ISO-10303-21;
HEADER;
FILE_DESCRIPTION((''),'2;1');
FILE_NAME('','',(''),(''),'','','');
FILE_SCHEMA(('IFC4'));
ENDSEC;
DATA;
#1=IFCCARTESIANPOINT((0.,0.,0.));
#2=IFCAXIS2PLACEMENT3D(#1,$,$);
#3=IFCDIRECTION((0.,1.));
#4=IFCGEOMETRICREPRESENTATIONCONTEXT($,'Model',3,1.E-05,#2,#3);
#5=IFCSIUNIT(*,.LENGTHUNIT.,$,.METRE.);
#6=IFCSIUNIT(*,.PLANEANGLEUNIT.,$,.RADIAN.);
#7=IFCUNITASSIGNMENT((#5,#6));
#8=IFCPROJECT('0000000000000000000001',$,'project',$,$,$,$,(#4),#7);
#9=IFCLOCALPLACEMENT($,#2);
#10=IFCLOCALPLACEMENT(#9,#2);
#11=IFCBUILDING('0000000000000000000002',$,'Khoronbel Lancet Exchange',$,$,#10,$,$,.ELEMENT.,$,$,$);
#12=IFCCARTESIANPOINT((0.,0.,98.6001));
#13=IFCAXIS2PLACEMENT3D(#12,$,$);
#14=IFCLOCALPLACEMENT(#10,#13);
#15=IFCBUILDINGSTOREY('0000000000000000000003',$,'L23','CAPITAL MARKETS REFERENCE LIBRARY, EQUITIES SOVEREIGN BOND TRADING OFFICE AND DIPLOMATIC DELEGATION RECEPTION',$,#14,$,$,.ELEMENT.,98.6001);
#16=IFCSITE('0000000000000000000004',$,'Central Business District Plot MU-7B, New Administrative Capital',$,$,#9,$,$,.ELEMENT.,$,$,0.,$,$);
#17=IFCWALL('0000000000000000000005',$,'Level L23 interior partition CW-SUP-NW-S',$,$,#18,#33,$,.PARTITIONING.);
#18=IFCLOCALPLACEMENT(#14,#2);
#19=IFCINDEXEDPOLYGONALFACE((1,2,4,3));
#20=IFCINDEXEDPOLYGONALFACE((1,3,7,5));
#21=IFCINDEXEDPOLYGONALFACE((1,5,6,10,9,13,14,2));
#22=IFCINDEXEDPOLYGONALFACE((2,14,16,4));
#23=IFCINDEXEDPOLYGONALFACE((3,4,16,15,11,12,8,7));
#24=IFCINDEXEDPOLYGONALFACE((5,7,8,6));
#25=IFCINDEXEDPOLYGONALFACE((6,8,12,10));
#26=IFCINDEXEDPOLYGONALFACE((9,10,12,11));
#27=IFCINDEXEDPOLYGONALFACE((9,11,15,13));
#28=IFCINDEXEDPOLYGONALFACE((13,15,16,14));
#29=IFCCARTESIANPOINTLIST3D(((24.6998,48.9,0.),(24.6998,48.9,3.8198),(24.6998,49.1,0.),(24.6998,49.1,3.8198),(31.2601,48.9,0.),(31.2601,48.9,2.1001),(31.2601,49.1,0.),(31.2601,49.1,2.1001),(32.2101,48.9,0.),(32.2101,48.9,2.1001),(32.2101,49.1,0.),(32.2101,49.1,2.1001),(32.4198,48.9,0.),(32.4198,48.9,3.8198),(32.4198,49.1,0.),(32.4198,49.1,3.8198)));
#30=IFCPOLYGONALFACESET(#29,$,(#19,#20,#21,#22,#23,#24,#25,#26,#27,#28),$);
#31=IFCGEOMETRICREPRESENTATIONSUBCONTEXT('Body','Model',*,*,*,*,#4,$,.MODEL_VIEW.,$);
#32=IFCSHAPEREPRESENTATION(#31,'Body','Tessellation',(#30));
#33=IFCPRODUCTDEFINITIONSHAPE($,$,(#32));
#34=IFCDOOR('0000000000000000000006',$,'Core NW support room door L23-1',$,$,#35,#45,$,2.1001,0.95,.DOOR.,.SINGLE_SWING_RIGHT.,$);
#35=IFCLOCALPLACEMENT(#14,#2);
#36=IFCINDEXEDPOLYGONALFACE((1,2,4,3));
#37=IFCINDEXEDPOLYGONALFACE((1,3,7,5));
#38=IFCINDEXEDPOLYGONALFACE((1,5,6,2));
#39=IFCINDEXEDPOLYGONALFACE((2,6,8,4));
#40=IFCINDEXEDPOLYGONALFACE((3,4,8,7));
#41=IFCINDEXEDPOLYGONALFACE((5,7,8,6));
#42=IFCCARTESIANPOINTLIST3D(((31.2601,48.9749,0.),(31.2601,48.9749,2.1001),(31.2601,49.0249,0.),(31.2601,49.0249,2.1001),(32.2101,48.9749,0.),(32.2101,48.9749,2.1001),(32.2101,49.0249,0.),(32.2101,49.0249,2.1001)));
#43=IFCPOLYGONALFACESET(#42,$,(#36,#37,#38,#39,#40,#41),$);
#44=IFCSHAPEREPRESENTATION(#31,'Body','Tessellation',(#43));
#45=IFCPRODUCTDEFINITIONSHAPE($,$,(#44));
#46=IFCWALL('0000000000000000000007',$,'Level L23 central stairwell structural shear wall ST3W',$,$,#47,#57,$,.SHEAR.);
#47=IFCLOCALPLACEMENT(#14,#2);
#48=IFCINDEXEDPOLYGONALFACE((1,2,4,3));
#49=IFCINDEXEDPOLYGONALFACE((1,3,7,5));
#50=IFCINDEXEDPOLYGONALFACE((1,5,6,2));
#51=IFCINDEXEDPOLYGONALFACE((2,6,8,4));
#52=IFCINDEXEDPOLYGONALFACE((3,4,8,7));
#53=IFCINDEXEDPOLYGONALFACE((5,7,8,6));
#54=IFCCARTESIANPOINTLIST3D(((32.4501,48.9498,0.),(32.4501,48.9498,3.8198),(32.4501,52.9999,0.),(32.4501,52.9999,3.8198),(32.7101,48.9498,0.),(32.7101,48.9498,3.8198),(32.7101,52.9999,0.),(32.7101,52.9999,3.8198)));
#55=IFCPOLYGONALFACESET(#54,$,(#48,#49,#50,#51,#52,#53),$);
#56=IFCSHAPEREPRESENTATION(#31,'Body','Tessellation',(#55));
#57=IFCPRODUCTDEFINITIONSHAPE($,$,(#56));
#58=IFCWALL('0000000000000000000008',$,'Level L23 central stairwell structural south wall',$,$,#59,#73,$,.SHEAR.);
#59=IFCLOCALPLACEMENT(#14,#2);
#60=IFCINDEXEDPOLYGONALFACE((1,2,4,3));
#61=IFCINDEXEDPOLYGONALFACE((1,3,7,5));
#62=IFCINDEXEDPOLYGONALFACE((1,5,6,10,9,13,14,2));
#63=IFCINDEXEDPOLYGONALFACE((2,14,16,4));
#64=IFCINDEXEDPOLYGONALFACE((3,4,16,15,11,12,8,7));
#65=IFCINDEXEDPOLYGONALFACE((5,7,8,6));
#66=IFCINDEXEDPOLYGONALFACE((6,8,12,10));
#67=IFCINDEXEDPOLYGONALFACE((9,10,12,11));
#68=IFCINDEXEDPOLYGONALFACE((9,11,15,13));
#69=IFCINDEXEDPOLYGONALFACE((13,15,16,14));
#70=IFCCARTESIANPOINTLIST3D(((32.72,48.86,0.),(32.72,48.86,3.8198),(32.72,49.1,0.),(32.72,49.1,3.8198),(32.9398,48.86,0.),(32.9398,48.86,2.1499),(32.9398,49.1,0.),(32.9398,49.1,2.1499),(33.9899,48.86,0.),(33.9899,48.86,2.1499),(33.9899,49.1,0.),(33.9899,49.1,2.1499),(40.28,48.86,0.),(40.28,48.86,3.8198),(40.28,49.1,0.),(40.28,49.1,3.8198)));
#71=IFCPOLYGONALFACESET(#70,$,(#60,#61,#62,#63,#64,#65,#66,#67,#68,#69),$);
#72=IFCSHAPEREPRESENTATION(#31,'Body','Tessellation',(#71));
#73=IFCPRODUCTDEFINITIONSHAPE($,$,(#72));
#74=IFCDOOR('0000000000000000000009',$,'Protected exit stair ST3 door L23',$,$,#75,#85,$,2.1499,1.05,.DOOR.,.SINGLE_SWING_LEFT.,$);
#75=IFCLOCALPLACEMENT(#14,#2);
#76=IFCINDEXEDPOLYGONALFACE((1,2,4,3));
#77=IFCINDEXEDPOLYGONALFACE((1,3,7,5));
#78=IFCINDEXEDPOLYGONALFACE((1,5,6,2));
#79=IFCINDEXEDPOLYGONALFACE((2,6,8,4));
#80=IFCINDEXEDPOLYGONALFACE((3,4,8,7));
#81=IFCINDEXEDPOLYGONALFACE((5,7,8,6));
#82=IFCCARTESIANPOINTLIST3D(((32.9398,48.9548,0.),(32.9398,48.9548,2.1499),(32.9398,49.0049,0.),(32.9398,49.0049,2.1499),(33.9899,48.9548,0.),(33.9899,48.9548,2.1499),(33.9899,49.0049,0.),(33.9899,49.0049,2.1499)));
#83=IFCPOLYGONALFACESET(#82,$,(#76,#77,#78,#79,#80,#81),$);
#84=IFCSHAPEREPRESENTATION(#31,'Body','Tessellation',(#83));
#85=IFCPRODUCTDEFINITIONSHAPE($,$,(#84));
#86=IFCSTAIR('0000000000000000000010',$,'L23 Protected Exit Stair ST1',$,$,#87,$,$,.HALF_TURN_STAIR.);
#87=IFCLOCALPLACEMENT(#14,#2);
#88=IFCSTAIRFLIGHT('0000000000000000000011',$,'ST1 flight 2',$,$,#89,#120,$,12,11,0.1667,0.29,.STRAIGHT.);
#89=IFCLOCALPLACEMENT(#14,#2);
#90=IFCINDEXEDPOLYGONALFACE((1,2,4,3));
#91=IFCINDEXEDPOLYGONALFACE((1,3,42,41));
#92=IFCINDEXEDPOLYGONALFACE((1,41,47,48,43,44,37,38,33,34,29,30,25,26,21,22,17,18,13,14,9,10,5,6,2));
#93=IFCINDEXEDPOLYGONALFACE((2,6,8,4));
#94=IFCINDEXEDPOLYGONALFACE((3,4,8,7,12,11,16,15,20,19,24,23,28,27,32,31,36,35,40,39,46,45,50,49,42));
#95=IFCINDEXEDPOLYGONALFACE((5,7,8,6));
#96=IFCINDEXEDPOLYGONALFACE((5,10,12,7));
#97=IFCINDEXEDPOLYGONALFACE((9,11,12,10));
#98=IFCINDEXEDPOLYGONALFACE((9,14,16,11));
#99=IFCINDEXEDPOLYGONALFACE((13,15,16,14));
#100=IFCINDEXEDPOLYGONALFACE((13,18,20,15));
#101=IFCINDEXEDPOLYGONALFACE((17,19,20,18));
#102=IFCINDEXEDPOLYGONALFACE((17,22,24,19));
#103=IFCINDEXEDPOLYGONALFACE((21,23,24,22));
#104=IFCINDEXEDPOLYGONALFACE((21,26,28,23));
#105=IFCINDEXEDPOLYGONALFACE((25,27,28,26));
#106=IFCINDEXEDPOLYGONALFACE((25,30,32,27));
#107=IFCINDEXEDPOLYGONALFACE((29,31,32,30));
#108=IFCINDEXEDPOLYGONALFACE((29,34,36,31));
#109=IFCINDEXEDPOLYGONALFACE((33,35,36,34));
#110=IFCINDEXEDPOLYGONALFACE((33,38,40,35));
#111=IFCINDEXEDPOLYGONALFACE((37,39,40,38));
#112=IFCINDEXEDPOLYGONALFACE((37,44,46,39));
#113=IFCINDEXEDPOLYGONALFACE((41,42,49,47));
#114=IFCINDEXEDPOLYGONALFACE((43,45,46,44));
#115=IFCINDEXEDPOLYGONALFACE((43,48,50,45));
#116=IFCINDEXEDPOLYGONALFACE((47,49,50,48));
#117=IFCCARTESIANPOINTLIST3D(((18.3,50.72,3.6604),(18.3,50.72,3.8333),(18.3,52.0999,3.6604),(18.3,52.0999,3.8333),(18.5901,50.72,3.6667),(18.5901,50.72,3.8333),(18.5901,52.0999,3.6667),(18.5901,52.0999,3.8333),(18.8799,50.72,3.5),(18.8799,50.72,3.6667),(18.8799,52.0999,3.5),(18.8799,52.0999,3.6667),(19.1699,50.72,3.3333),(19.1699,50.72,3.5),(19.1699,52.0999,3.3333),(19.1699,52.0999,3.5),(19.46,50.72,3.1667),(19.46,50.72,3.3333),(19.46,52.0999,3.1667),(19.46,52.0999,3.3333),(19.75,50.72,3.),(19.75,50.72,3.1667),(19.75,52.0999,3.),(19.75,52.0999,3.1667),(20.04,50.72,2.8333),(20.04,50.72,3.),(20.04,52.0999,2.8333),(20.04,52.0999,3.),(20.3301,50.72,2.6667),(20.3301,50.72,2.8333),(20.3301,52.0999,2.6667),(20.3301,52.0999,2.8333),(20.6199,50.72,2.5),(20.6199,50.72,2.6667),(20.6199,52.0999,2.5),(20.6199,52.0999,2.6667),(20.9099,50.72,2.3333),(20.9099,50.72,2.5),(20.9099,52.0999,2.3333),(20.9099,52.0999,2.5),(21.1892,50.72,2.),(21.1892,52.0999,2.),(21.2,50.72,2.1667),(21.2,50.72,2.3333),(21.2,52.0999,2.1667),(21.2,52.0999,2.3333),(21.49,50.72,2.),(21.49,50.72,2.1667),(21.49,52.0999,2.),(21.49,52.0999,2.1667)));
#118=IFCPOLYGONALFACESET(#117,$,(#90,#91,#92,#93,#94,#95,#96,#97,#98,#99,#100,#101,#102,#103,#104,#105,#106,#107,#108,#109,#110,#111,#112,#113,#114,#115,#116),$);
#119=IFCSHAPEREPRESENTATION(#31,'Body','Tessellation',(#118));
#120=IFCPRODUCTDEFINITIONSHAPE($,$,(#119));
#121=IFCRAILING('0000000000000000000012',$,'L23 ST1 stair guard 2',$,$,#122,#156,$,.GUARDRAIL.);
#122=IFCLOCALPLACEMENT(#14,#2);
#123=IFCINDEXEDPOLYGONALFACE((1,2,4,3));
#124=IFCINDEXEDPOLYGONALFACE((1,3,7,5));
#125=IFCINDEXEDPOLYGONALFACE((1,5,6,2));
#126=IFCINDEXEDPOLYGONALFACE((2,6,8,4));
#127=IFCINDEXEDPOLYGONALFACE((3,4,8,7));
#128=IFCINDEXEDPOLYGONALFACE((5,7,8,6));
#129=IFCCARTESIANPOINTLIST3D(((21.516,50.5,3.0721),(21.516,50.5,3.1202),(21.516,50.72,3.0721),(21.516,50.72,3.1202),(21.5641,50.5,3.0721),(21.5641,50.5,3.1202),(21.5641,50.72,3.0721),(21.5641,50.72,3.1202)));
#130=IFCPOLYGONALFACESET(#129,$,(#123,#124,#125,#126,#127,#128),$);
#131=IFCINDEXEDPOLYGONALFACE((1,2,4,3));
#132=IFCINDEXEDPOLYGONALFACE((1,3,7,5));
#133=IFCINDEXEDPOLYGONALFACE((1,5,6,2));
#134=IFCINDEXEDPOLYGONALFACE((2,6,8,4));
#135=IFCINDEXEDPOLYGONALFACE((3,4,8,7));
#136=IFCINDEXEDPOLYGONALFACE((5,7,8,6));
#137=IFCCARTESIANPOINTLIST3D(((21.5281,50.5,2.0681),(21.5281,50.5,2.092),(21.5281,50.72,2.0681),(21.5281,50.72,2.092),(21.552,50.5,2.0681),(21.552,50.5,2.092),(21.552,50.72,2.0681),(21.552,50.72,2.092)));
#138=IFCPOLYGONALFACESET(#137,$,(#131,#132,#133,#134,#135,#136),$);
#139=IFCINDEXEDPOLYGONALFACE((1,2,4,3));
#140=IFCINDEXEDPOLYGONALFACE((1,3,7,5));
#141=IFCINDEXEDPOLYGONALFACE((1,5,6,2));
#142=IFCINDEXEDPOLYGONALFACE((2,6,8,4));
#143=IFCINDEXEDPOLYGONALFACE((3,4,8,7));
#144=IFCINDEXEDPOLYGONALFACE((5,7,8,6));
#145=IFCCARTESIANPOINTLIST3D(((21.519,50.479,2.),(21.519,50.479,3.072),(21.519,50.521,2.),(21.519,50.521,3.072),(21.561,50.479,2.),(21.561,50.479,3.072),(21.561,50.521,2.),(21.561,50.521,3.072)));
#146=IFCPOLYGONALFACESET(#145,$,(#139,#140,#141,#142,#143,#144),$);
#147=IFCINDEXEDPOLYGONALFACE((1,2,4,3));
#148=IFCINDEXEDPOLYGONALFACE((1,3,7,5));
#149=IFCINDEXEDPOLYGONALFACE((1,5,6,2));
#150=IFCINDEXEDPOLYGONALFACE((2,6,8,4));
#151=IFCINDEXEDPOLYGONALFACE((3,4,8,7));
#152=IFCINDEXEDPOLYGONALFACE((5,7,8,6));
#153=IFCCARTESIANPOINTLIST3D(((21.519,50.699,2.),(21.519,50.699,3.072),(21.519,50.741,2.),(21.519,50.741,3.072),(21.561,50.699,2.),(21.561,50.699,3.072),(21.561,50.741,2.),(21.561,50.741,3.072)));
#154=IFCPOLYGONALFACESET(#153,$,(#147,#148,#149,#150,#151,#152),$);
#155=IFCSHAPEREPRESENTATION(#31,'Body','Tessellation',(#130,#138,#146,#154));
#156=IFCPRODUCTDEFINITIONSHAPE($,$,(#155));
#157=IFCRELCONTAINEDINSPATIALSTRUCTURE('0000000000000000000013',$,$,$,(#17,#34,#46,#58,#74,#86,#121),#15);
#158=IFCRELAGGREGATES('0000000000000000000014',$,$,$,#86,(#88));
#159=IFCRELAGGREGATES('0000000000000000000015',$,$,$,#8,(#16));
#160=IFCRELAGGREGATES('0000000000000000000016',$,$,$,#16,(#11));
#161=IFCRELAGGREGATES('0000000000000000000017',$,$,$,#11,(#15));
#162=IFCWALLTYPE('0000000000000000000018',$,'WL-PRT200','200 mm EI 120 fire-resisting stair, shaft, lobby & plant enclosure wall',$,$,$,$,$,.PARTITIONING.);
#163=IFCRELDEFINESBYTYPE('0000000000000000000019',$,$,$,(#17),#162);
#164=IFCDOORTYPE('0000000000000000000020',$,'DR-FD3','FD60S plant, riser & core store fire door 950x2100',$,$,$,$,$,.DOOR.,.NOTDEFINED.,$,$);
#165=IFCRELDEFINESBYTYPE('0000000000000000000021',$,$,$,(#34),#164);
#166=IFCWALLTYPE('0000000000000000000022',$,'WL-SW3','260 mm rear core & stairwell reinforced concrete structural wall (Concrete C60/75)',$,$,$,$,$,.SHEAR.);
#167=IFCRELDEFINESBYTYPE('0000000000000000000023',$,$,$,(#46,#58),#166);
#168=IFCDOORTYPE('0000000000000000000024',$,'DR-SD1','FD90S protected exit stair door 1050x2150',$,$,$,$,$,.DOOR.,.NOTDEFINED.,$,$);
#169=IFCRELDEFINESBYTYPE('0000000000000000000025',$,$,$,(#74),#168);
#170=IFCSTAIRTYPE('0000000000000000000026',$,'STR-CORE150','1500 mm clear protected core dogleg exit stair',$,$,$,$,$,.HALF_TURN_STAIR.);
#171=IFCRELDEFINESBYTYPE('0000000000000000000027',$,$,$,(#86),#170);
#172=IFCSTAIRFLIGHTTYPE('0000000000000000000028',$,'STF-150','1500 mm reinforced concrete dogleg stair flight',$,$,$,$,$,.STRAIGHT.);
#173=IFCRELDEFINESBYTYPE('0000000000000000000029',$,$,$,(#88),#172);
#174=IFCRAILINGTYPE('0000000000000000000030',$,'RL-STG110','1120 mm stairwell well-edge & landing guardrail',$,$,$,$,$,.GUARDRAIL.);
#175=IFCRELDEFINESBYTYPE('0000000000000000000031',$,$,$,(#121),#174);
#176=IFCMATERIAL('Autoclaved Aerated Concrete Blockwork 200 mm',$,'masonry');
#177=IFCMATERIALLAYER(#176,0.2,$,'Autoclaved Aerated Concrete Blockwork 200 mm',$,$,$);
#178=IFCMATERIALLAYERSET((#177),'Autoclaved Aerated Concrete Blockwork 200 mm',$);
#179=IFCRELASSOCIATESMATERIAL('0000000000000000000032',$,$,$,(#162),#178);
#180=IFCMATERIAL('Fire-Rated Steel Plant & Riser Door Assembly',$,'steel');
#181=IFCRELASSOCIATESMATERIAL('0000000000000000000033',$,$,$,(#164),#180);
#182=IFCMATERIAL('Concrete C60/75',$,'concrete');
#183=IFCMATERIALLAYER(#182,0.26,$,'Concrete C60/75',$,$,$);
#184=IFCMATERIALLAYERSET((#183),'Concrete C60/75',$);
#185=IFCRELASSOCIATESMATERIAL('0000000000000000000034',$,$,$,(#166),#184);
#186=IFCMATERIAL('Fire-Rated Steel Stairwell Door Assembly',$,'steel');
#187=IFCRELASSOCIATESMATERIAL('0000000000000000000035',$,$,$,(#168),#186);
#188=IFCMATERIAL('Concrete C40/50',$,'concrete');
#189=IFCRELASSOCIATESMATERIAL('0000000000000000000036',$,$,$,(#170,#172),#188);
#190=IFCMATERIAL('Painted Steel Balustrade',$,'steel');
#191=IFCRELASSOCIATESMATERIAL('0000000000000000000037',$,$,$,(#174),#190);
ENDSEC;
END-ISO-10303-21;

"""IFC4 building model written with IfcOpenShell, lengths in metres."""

from ifc_helpers import new_model, si_unit, direction, frame, frame_2d, origin, origin_2d, place, context, subcontext, project, spatial, polyline, rectangle, outline, extrude, material, layer, layer_set, type_object, element, fill, aggregate, save


model = new_model("IFC4")

# Units and contexts
model_context = context("Model", 3, precision=1e-05, world=origin(), true_north=direction((0.0, 1.0)))
body_context = subcontext(model_context, "Body", "Model", "MODEL_VIEW")
ifc_project = project(units=[si_unit("LENGTHUNIT", "METRE"), si_unit("PLANEANGLEUNIT", "RADIAN")], contexts=[model_context])

# Site, building, storey
site_placement = place(None, origin())
site = spatial("IfcSite", under=ifc_project, at=site_placement, Name="Central Business District Plot MU-7B, New Administrative Capital", CompositionType="ELEMENT", RefElevation=0.0)
building_placement = place(site_placement, origin())
building = spatial("IfcBuilding", under=site, at=building_placement, Name="Khoronbel Lancet Exchange", CompositionType="ELEMENT")
storey_placement = place(building_placement, frame((0.0, 0.0, 98.6001)))
storey = spatial("IfcBuildingStorey", under=building, at=storey_placement, Name="L23", Description="CAPITAL MARKETS REFERENCE LIBRARY, EQUITIES SOVEREIGN BOND TRADING OFFICE AND DIPLOMATIC DELEGATION RECEPTION", CompositionType="ELEMENT", Elevation=98.6001)

# Shared definitions
ifc_material_1 = material(Name="Autoclaved Aerated Concrete Blockwork 200 mm", Category="masonry")
ifc_layer_1 = layer(ifc_material_1, 0.2, Name="Autoclaved Aerated Concrete Blockwork 200 mm")
ifc_layer_set_1 = layer_set([ifc_layer_1], Name="Autoclaved Aerated Concrete Blockwork 200 mm")
wall_type_1 = type_object("IfcWallType", Name="WL-PRT200", Description="200 mm EI 120 fire-resisting stair, shaft, lobby & plant enclosure wall", PredefinedType="PARTITIONING", material=ifc_layer_set_1)

# Wall, opening, door
wall_1_placement = place(storey_placement, frame((24.7, 49.0, 0.0), z_axis=(0.0, 0.0, 1.0), x_axis=(1.0, 0.0, 0.0)))
wall_1 = element("IfcWall", 1, at=wall_1_placement, inside=storey, type_object=wall_type_1, Name="Level L23 interior partition CW-SUP-NW-S", PredefinedType="PARTITIONING", context=body_context, shape_type="SweptSolid", body=[
    extrude(rectangle(XDim=7.72, YDim=0.2, at=frame_2d((3.8599, 0.0))), origin(), (0.0, 0.0, 1.0), 3.8198),
])
opening_1_placement = place(wall_1_placement, frame((6.5601, 0.0, 0.0)))
opening_1 = element("IfcOpeningElement", 2, at=opening_1_placement, cuts=wall_1, PredefinedType="OPENING", context=body_context, shape_type="SweptSolid", body=[
    extrude(rectangle(XDim=0.95, YDim=2.1001, at=frame_2d((0.4751, 1.05))), frame((0.0, 0.1099, 0.0), z_axis=(0.0, -1.0, 0.0), x_axis=(1.0, 0.0, 0.0)), (0.0, 0.0, 1.0), 0.22),
])
ifc_material_2 = material(Name="Fire-Rated Steel Plant & Riser Door Assembly", Category="steel")
door_type_1 = type_object("IfcDoorType", Name="DR-FD3", Description="FD60S plant, riser & core store fire door 950x2100", OperationType="NOTDEFINED", PredefinedType="DOOR", material=ifc_material_2)
door_1_placement = place(opening_1_placement, origin())
door_1 = element("IfcDoor", 3, at=door_1_placement, inside=storey, type_object=door_type_1, Name="Core NW support room door L23-1", OperationType="SINGLE_SWING_RIGHT", OverallHeight=2.1001, OverallWidth=0.95, PredefinedType="DOOR", context=body_context, shape_type="SweptSolid", body=[
    extrude(rectangle(XDim=0.95, YDim=2.1001, at=frame_2d((0.4751, 1.05))), frame((0.0, 0.0249, 0.0), z_axis=(0.0, -1.0, 0.0), x_axis=(1.0, 0.0, 0.0)), (0.0, 0.0, 1.0), 0.05),
])
fill(opening_1, door_1)

# Wall
ifc_material_3 = material(Name="Concrete C60/75", Category="concrete")
ifc_layer_2 = layer(ifc_material_3, 0.26, Name="Concrete C60/75")
ifc_layer_set_2 = layer_set([ifc_layer_2], Name="Concrete C60/75")
wall_type_2 = type_object("IfcWallType", Name="WL-SW3", Description="260 mm rear core & stairwell reinforced concrete structural wall (Concrete C60/75)", PredefinedType="SHEAR", material=ifc_layer_set_2)
wall_2_placement = place(storey_placement, frame((32.5801, 48.95, 0.0), z_axis=(0.0, 0.0, 1.0), x_axis=(0.0, 1.0, 0.0)))
element("IfcWall", 4, at=wall_2_placement, inside=storey, type_object=wall_type_2, Name="Level L23 central stairwell structural shear wall ST3W", PredefinedType="SHEAR", context=body_context, shape_type="SweptSolid", body=[
    extrude(rectangle(XDim=4.05, YDim=0.26, at=frame_2d((2.0249, 0.0))), origin(), (0.0, 0.0, 1.0), 3.8198),
])

# Wall, opening, door
wall_3_placement = place(storey_placement, frame((32.72, 48.98, 0.0), z_axis=(0.0, 0.0, 1.0), x_axis=(1.0, 0.0, 0.0)))
wall_3 = element("IfcWall", 5, at=wall_3_placement, inside=storey, type_object=wall_type_2, Name="Level L23 central stairwell structural south wall", PredefinedType="SHEAR", context=body_context, shape_type="SweptSolid", body=[
    extrude(rectangle(XDim=7.5601, YDim=0.24, at=frame_2d((3.78, 0.0))), origin(), (0.0, 0.0, 1.0), 3.8198),
])
opening_2_placement = place(wall_3_placement, frame((0.22, 0.0, 0.0)))
opening_2 = element("IfcOpeningElement", 6, at=opening_2_placement, cuts=wall_3, PredefinedType="OPENING", context=body_context, shape_type="SweptSolid", body=[
    extrude(rectangle(XDim=1.05, YDim=2.1499, at=frame_2d((0.5249, 1.075))), frame((0.0, 0.1299, 0.0), z_axis=(0.0, -1.0, 0.0), x_axis=(1.0, 0.0, 0.0)), (0.0, 0.0, 1.0), 0.26),
])
ifc_material_4 = material(Name="Fire-Rated Steel Stairwell Door Assembly", Category="steel")
door_type_2 = type_object("IfcDoorType", Name="DR-SD1", Description="FD90S protected exit stair door 1050x2150", OperationType="NOTDEFINED", PredefinedType="DOOR", material=ifc_material_4)
door_2_placement = place(opening_2_placement, origin())
door_2 = element("IfcDoor", 7, at=door_2_placement, inside=storey, type_object=door_type_2, Name="Protected exit stair ST3 door L23", OperationType="SINGLE_SWING_LEFT", OverallHeight=2.1499, OverallWidth=1.05, PredefinedType="DOOR", context=body_context, shape_type="SweptSolid", body=[
    extrude(rectangle(XDim=1.05, YDim=2.1499, at=frame_2d((0.5249, 1.075))), frame((0.0, 0.0249, 0.0), z_axis=(0.0, -1.0, 0.0), x_axis=(1.0, 0.0, 0.0)), (0.0, 0.0, 1.0), 0.05),
])
fill(opening_2, door_2)

# Stair, stair flight
ifc_material_5 = material(Name="Concrete C40/50", Category="concrete")
stair_type = type_object("IfcStairType", Name="STR-CORE150", Description="1500 mm clear protected core dogleg exit stair", PredefinedType="HALF_TURN_STAIR", material=ifc_material_5)
stair_placement = place(storey_placement, origin())
stair = element("IfcStair", 8, at=stair_placement, inside=storey, type_object=stair_type, Name="L23 Protected Exit Stair ST1", PredefinedType="HALF_TURN_STAIR")
stair_flight_type = type_object("IfcStairFlightType", Name="STF-150", Description="1500 mm reinforced concrete dogleg stair flight", PredefinedType="STRAIGHT", material=ifc_material_5)
stair_flight_placement = place(storey_placement, frame((21.49, 51.4099, 2.0), z_axis=(0.0, 0.0, 1.0), x_axis=(-1.0, 0.0, 0.0)))
stair_flight = element("IfcStairFlight", 9, at=stair_flight_placement, type_object=stair_flight_type, Name="ST1 flight 2", NumberOfRisers=12, NumberOfTreads=11, PredefinedType="STRAIGHT", RiserHeight=0.1667, TreadLength=0.29, context=body_context, shape_type="SweptSolid", body=[
    extrude(outline(polyline([(0.0, 0.0), (0.0, 0.1667), (0.29, 0.1667), (0.29, 0.3333), (0.5801, 0.3333), (0.5801, 0.5), (0.8701, 0.5), (0.8701, 0.6667), (1.1599, 0.6667), (1.1599, 0.8333), (1.45, 0.8333), (1.45, 1.0), (1.74, 1.0), (1.74, 1.1667), (2.03, 1.1667), (2.03, 1.3333), (2.3201, 1.3333), (2.3201, 1.5), (2.6101, 1.5), (2.6101, 1.6667), (2.8999, 1.6667), (2.8999, 1.8333), (3.1899, 1.8333), (3.1899, 2.0), (3.1899, 1.6604), (0.3008, 0.0), (0.0, 0.0)])), frame((0.0, 0.6899, 0.0), z_axis=(0.0, -1.0, 0.0), x_axis=(1.0, 0.0, 0.0)), (0.0, 0.0, 1.0), 1.3799),
])
aggregate(stair, [stair_flight])

# Railing
ifc_material_6 = material(Name="Painted Steel Balustrade", Category="steel")
railing_type_1 = type_object("IfcRailingType", Name="RL-STG110", Description="1120 mm stairwell well-edge & landing guardrail", PredefinedType="GUARDRAIL", material=ifc_material_6)
railing_1_placement = place(storey_placement, frame((21.54, 50.5, 2.0)))
element("IfcRailing", 10, at=railing_1_placement, inside=storey, type_object=railing_type_1, Name="L23 ST1 stair guard 2", PredefinedType="GUARDRAIL", context=body_context, shape_type="SweptSolid", body=[
    extrude(rectangle(XDim=0.0481, YDim=0.0481, at=origin_2d()), frame((0.0, 0.0, 1.0962), z_axis=(0.0, 1.0, 0.0), x_axis=(-1.0, 0.0, 0.0)), (0.0, 0.0, 1.0), 0.22),
    extrude(rectangle(XDim=0.0239, YDim=0.0239, at=origin_2d()), frame((0.0, 0.0, 0.0801), z_axis=(0.0, 1.0, 0.0), x_axis=(-1.0, 0.0, 0.0)), (0.0, 0.0, 1.0), 0.22),
    extrude(rectangle(XDim=0.042, YDim=0.042, at=origin_2d()), origin(), (0.0, 0.0, 1.0), 1.072),
    extrude(rectangle(XDim=0.042, YDim=0.042, at=origin_2d()), frame((0.0, 0.22, 0.0)), (0.0, 0.0, 1.0), 1.072),
])

save(model, "model.ifc")
